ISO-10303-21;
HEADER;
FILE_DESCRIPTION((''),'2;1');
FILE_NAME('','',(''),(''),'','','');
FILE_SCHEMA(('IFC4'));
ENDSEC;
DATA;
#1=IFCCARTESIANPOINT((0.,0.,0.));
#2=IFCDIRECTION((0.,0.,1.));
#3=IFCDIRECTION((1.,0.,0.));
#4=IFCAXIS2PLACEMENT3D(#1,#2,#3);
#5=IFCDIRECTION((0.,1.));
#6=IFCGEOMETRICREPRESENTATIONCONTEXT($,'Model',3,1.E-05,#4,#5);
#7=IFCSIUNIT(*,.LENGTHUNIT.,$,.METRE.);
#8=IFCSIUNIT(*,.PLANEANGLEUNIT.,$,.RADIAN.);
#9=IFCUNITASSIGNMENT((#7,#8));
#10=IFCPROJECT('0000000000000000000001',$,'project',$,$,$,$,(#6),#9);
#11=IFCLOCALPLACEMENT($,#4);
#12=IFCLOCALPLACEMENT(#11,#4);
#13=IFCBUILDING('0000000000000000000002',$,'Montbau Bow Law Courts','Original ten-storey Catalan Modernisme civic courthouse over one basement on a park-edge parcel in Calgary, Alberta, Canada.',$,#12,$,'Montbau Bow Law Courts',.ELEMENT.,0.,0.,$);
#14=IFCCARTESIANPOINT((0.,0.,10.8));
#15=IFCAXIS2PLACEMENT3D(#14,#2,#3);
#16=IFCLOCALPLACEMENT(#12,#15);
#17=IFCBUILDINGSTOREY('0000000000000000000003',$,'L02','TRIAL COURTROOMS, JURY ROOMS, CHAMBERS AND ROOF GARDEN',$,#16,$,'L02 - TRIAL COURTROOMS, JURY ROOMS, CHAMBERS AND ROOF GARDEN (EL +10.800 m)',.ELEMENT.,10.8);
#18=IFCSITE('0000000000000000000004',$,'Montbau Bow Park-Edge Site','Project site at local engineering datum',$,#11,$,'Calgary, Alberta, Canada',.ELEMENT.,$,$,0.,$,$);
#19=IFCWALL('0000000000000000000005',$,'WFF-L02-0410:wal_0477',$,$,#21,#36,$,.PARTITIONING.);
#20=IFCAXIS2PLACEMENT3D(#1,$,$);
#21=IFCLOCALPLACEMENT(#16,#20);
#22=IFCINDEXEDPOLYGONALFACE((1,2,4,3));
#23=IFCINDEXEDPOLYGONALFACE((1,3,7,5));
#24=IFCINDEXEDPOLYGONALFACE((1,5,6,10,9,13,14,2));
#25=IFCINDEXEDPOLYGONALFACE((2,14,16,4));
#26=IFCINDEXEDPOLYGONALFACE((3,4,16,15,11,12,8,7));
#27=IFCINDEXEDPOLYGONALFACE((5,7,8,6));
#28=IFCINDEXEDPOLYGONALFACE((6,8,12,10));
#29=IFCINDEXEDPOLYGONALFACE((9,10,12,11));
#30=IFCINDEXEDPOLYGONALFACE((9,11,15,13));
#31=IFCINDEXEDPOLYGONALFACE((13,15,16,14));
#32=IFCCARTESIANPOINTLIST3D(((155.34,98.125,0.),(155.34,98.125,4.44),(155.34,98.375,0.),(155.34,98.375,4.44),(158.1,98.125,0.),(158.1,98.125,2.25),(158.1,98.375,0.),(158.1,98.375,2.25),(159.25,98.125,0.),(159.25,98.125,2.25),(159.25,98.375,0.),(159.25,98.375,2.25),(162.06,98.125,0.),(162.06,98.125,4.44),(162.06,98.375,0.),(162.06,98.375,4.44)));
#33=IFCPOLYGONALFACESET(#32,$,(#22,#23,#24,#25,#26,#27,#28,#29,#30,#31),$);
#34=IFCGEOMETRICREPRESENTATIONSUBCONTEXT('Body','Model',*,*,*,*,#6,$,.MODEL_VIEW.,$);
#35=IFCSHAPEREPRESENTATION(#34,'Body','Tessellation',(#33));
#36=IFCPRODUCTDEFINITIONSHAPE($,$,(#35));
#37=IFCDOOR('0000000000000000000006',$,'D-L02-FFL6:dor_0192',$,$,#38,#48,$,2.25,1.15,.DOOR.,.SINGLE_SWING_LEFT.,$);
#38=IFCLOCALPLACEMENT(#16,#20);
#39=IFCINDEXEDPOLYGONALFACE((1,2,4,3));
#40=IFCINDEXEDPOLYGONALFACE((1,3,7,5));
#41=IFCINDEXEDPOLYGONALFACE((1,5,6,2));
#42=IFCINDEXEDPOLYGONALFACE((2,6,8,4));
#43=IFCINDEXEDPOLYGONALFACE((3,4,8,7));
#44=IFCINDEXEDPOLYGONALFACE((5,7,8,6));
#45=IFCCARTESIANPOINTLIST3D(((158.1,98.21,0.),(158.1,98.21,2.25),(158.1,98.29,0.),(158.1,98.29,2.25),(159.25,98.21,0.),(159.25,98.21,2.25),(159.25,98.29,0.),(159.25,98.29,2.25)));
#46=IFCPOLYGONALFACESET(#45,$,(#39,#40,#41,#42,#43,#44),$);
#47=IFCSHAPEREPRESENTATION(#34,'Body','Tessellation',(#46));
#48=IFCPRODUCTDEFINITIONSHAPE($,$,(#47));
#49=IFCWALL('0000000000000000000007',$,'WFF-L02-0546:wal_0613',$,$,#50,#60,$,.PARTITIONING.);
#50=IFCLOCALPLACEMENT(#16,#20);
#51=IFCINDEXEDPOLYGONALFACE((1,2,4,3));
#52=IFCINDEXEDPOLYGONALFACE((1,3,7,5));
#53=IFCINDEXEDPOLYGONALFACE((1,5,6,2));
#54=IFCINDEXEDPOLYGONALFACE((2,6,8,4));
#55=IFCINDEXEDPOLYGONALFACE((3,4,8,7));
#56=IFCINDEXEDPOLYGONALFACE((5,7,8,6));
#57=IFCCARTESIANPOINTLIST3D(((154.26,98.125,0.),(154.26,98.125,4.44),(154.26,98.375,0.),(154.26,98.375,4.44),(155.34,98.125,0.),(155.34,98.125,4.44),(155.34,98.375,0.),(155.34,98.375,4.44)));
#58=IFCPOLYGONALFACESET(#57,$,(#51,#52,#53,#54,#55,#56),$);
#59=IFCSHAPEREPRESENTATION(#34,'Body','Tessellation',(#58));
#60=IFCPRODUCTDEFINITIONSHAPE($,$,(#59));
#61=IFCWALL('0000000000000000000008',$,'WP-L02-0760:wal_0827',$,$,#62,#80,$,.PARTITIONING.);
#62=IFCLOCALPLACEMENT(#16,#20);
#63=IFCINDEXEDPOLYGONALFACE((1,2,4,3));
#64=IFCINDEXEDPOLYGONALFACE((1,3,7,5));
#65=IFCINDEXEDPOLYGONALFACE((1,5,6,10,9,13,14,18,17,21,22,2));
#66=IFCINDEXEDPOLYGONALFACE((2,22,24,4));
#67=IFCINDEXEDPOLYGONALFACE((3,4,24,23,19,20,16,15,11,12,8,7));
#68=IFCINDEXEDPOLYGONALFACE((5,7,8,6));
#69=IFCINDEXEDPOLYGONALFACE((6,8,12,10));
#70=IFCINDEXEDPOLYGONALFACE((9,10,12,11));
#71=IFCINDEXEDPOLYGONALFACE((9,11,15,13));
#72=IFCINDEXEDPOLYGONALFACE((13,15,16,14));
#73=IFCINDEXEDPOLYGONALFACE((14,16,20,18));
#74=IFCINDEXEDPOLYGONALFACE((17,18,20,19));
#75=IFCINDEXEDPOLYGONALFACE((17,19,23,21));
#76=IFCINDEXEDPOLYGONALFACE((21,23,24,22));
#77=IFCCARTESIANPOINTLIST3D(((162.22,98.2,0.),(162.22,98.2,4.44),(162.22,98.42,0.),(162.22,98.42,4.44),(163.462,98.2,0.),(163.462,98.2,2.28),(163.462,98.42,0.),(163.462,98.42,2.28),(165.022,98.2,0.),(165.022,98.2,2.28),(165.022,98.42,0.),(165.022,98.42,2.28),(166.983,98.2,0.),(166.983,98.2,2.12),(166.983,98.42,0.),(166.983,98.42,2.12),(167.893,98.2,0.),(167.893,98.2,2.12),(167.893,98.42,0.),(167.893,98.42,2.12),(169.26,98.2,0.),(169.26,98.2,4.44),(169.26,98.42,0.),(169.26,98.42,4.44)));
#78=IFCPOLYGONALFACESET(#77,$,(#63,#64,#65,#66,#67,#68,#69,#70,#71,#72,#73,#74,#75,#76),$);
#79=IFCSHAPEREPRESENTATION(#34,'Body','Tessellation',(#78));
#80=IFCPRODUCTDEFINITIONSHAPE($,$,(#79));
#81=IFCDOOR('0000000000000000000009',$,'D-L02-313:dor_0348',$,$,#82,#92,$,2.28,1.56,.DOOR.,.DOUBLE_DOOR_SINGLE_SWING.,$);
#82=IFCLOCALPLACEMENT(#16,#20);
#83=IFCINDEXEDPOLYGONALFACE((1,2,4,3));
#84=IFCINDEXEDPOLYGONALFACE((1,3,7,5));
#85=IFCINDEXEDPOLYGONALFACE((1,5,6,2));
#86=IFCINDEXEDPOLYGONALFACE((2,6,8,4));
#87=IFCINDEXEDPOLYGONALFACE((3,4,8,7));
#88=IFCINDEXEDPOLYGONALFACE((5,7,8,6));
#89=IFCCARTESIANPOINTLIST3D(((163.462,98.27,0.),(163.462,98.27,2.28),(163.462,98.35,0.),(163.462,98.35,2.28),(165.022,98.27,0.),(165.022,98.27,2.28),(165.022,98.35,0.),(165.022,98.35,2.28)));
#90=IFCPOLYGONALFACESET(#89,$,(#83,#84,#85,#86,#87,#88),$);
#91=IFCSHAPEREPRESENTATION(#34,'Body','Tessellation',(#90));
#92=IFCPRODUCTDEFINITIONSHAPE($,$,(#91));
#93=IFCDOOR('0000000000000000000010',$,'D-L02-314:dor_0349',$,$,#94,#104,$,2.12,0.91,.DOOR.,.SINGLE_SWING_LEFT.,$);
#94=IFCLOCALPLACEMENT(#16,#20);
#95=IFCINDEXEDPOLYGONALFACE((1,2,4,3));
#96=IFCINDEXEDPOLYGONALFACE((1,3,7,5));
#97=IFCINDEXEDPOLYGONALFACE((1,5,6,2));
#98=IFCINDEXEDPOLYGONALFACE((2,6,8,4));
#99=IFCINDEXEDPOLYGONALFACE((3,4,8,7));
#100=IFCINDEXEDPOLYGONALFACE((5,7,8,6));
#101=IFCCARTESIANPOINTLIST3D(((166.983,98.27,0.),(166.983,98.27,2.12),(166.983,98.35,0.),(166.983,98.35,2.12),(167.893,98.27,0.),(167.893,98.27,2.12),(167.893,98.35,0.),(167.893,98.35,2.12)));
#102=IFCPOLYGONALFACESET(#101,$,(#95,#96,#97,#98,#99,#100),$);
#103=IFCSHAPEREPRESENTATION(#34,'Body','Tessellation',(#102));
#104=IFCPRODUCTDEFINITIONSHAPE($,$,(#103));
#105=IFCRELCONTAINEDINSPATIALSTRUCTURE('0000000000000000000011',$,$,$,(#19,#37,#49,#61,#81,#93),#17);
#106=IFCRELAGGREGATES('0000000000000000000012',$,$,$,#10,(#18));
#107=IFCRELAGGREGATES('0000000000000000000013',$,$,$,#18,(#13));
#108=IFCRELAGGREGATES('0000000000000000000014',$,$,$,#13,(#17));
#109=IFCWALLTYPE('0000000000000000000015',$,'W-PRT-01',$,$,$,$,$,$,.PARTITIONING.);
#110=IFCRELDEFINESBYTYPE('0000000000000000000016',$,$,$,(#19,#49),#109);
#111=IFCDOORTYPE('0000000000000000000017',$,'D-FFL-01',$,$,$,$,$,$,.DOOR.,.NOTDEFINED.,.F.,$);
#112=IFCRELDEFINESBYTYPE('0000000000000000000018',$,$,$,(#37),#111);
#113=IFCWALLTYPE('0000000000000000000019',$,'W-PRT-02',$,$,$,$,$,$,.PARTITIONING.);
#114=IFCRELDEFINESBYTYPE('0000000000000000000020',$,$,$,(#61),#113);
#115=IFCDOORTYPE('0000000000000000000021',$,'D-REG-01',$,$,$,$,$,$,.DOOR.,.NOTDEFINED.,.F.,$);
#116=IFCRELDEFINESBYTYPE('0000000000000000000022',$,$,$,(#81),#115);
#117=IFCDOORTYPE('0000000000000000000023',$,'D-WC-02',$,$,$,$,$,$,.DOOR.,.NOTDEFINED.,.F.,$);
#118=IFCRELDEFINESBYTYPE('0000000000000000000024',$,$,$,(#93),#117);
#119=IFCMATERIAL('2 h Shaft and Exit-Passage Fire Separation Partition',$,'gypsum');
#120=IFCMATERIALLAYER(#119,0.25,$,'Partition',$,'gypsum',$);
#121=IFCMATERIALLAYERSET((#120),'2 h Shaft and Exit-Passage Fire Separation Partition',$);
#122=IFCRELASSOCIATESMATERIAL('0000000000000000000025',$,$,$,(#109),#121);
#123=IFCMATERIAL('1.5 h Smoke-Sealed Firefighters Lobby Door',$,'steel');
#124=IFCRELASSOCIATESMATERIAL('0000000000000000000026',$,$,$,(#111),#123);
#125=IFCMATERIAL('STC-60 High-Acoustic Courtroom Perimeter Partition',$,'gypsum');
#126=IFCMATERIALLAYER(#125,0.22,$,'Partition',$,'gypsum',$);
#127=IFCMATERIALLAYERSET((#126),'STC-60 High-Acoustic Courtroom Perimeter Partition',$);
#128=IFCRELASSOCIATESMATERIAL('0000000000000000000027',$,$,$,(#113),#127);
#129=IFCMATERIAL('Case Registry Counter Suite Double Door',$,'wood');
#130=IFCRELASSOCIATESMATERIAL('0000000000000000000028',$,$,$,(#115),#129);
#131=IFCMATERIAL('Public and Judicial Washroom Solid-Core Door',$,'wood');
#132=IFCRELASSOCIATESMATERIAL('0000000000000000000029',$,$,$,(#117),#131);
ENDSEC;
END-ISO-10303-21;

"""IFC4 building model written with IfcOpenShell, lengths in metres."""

from ifc_helpers import new_model, si_unit, direction, frame, frame_2d, origin_with_axes, place, context, subcontext, project, spatial, rectangle, extrude, material, layer, layer_set, type_object, element, fill, save


model = new_model("IFC4")

# Units and contexts
model_context = context("Model", 3, precision=1e-05, world=origin_with_axes(), true_north=direction((0.0, 1.0)))
body_context = subcontext(model_context, "Body", "Model", "MODEL_VIEW")
ifc_project = project(units=[si_unit("LENGTHUNIT", "METRE"), si_unit("PLANEANGLEUNIT", "RADIAN")], contexts=[model_context])

# Site, building, storey
site_placement = place(None, origin_with_axes())
site = spatial("IfcSite", under=ifc_project, at=site_placement, Name="Montbau Bow Park-Edge Site", Description="Project site at local engineering datum", LongName="Calgary, Alberta, Canada", CompositionType="ELEMENT", RefElevation=0.0)
building_placement = place(site_placement, origin_with_axes())
building = spatial("IfcBuilding", under=site, at=building_placement, Name="Montbau Bow Law Courts", Description="Original ten-storey Catalan Modernisme civic courthouse over one basement on a park-edge parcel in Calgary, Alberta, Canada.", LongName="Montbau Bow Law Courts", CompositionType="ELEMENT", ElevationOfRefHeight=0.0, ElevationOfTerrain=0.0)
storey_placement = place(building_placement, frame((0.0, 0.0, 10.8), z_axis=(0.0, 0.0, 1.0), x_axis=(1.0, 0.0, 0.0)))
storey = spatial("IfcBuildingStorey", under=building, at=storey_placement, Name="L02", Description="TRIAL COURTROOMS, JURY ROOMS, CHAMBERS AND ROOF GARDEN", LongName="L02 - TRIAL COURTROOMS, JURY ROOMS, CHAMBERS AND ROOF GARDEN (EL +10.800 m)", CompositionType="ELEMENT", Elevation=10.8)

# Wall, opening, door
ifc_material_1 = material(Name="2 h Shaft and Exit-Passage Fire Separation Partition", Category="gypsum")
ifc_layer_1 = layer(ifc_material_1, 0.25, Name="Partition", Category="gypsum")
ifc_layer_set_1 = layer_set([ifc_layer_1], Name="2 h Shaft and Exit-Passage Fire Separation Partition")
wall_type_1 = type_object("IfcWallType", Name="W-PRT-01", PredefinedType="PARTITIONING", material=ifc_layer_set_1)
ifc_material_2 = material(Name="1.5 h Smoke-Sealed Firefighters Lobby Door", Category="steel")
door_type_1 = type_object("IfcDoorType", Name="D-FFL-01", OperationType="NOTDEFINED", ParameterTakesPrecedence=False, PredefinedType="DOOR", material=ifc_material_2)
wall_1_placement = place(None, frame((162.06, 98.25, 10.8), z_axis=(0.0, 0.0, 1.0), x_axis=(-1.0, 0.0, 0.0)))
wall_1 = element("IfcWall", 1, at=wall_1_placement, inside=storey, type_object=wall_type_1, Name="WFF-L02-0410:wal_0477", PredefinedType="PARTITIONING", context=body_context, shape_type="SweptSolid", body=[
    extrude(rectangle(XDim=6.72, YDim=0.25, at=frame_2d((3.36, 0.0), x_axis=(1.0, 0.0))), origin_with_axes(), (0.0, 0.0, 1.0), 4.44),
])
opening_1_placement = place(None, frame((158.675, 98.25, 10.8), z_axis=(0.0, 0.0, 1.0), x_axis=(-1.0, 0.0, 0.0)))
opening_1 = element("IfcOpeningElement", 2, at=opening_1_placement, cuts=wall_1, PredefinedType="OPENING", context=body_context, shape_type="SweptSolid", body=[
    extrude(rectangle(XDim=1.15, YDim=2.25, at=frame_2d((0.0, 1.125), x_axis=(1.0, 0.0))), frame((0.0, 0.135, 0.0), z_axis=(0.0, -1.0, 0.0), x_axis=(1.0, 0.0, 0.0)), (0.0, 0.0, 1.0), 0.27),
])
door_1_placement = place(None, frame((158.675, 98.25, 10.8), z_axis=(0.0, 0.0, 1.0), x_axis=(1.0, 0.0, 0.0)))
door_1 = element("IfcDoor", 3, at=door_1_placement, inside=storey, type_object=door_type_1, Name="D-L02-FFL6:dor_0192", OperationType="SINGLE_SWING_LEFT", OverallHeight=2.25, OverallWidth=1.15, PredefinedType="DOOR", context=body_context, shape_type="SweptSolid", body=[
    extrude(rectangle(XDim=1.15, YDim=2.25, at=frame_2d((0.0, 1.125), x_axis=(1.0, 0.0))), frame((0.0, 0.04, 0.0), z_axis=(0.0, -1.0, 0.0), x_axis=(1.0, 0.0, 0.0)), (0.0, 0.0, 1.0), 0.08),
])
fill(opening_1, door_1)

# Wall
wall_2_placement = place(None, frame((154.26, 98.25, 10.8), z_axis=(0.0, 0.0, 1.0), x_axis=(1.0, 0.0, 0.0)))
element("IfcWall", 4, at=wall_2_placement, inside=storey, type_object=wall_type_1, Name="WFF-L02-0546:wal_0613", PredefinedType="PARTITIONING", context=body_context, shape_type="SweptSolid", body=[
    extrude(rectangle(XDim=1.08, YDim=0.25, at=frame_2d((0.54, 0.0), x_axis=(1.0, 0.0))), origin_with_axes(), (0.0, 0.0, 1.0), 4.44),
])

# Wall, openings, doors
ifc_material_3 = material(Name="STC-60 High-Acoustic Courtroom Perimeter Partition", Category="gypsum")
ifc_layer_2 = layer(ifc_material_3, 0.22, Name="Partition", Category="gypsum")
ifc_layer_set_2 = layer_set([ifc_layer_2], Name="STC-60 High-Acoustic Courtroom Perimeter Partition")
wall_type_2 = type_object("IfcWallType", Name="W-PRT-02", PredefinedType="PARTITIONING", material=ifc_layer_set_2)
wall_3_placement = place(None, frame((162.22, 98.31, 10.8), z_axis=(0.0, 0.0, 1.0), x_axis=(1.0, 0.0, 0.0)))
wall_3 = element("IfcWall", 5, at=wall_3_placement, inside=storey, type_object=wall_type_2, Name="WP-L02-0760:wal_0827", PredefinedType="PARTITIONING", context=body_context, shape_type="SweptSolid", body=[
    extrude(rectangle(XDim=7.04, YDim=0.22, at=frame_2d((3.52, 0.0), x_axis=(1.0, 0.0))), origin_with_axes(), (0.0, 0.0, 1.0), 4.44),
])
opening_2_placement = place(None, frame((164.242, 98.31, 10.8), z_axis=(0.0, 0.0, 1.0), x_axis=(1.0, 0.0, 0.0)))
opening_2 = element("IfcOpeningElement", 6, at=opening_2_placement, cuts=wall_3, PredefinedType="OPENING", context=body_context, shape_type="SweptSolid", body=[
    extrude(rectangle(XDim=1.56, YDim=2.28, at=frame_2d((0.0, 1.14), x_axis=(1.0, 0.0))), frame((0.0, 0.12, 0.0), z_axis=(0.0, -1.0, 0.0), x_axis=(1.0, 0.0, 0.0)), (0.0, 0.0, 1.0), 0.24),
])
opening_3_placement = place(None, frame((167.438, 98.31, 10.8), z_axis=(0.0, 0.0, 1.0), x_axis=(1.0, 0.0, 0.0)))
opening_3 = element("IfcOpeningElement", 7, at=opening_3_placement, cuts=wall_3, PredefinedType="OPENING", context=body_context, shape_type="SweptSolid", body=[
    extrude(rectangle(XDim=0.91, YDim=2.12, at=frame_2d((0.0, 1.06), x_axis=(1.0, 0.0))), frame((0.0, 0.12, 0.0), z_axis=(0.0, -1.0, 0.0), x_axis=(1.0, 0.0, 0.0)), (0.0, 0.0, 1.0), 0.24),
])
ifc_material_4 = material(Name="Case Registry Counter Suite Double Door", Category="wood")
door_type_2 = type_object("IfcDoorType", Name="D-REG-01", OperationType="NOTDEFINED", ParameterTakesPrecedence=False, PredefinedType="DOOR", material=ifc_material_4)
door_2_placement = place(None, frame((164.242, 98.31, 10.8), z_axis=(0.0, 0.0, 1.0), x_axis=(1.0, 0.0, 0.0)))
door_2 = element("IfcDoor", 8, at=door_2_placement, inside=storey, type_object=door_type_2, Name="D-L02-313:dor_0348", OperationType="DOUBLE_DOOR_SINGLE_SWING", OverallHeight=2.28, OverallWidth=1.56, PredefinedType="DOOR", context=body_context, shape_type="SweptSolid", body=[
    extrude(rectangle(XDim=1.56, YDim=2.28, at=frame_2d((0.0, 1.14), x_axis=(1.0, 0.0))), frame((0.0, 0.04, 0.0), z_axis=(0.0, -1.0, 0.0), x_axis=(1.0, 0.0, 0.0)), (0.0, 0.0, 1.0), 0.08),
])
fill(opening_2, door_2)
ifc_material_5 = material(Name="Public and Judicial Washroom Solid-Core Door", Category="wood")
door_type_3 = type_object("IfcDoorType", Name="D-WC-02", OperationType="NOTDEFINED", ParameterTakesPrecedence=False, PredefinedType="DOOR", material=ifc_material_5)
door_3_placement = place(None, frame((167.438, 98.31, 10.8), z_axis=(0.0, 0.0, 1.0), x_axis=(1.0, 0.0, 0.0)))
door_3 = element("IfcDoor", 9, at=door_3_placement, inside=storey, type_object=door_type_3, Name="D-L02-314:dor_0349", OperationType="SINGLE_SWING_LEFT", OverallHeight=2.12, OverallWidth=0.91, PredefinedType="DOOR", context=body_context, shape_type="SweptSolid", body=[
    extrude(rectangle(XDim=0.91, YDim=2.12, at=frame_2d((0.0, 1.06), x_axis=(1.0, 0.0))), frame((0.0, 0.04, 0.0), z_axis=(0.0, -1.0, 0.0), x_axis=(1.0, 0.0, 0.0)), (0.0, 0.0, 1.0), 0.08),
])
fill(opening_3, door_3)

save(model, "model.ifc")
